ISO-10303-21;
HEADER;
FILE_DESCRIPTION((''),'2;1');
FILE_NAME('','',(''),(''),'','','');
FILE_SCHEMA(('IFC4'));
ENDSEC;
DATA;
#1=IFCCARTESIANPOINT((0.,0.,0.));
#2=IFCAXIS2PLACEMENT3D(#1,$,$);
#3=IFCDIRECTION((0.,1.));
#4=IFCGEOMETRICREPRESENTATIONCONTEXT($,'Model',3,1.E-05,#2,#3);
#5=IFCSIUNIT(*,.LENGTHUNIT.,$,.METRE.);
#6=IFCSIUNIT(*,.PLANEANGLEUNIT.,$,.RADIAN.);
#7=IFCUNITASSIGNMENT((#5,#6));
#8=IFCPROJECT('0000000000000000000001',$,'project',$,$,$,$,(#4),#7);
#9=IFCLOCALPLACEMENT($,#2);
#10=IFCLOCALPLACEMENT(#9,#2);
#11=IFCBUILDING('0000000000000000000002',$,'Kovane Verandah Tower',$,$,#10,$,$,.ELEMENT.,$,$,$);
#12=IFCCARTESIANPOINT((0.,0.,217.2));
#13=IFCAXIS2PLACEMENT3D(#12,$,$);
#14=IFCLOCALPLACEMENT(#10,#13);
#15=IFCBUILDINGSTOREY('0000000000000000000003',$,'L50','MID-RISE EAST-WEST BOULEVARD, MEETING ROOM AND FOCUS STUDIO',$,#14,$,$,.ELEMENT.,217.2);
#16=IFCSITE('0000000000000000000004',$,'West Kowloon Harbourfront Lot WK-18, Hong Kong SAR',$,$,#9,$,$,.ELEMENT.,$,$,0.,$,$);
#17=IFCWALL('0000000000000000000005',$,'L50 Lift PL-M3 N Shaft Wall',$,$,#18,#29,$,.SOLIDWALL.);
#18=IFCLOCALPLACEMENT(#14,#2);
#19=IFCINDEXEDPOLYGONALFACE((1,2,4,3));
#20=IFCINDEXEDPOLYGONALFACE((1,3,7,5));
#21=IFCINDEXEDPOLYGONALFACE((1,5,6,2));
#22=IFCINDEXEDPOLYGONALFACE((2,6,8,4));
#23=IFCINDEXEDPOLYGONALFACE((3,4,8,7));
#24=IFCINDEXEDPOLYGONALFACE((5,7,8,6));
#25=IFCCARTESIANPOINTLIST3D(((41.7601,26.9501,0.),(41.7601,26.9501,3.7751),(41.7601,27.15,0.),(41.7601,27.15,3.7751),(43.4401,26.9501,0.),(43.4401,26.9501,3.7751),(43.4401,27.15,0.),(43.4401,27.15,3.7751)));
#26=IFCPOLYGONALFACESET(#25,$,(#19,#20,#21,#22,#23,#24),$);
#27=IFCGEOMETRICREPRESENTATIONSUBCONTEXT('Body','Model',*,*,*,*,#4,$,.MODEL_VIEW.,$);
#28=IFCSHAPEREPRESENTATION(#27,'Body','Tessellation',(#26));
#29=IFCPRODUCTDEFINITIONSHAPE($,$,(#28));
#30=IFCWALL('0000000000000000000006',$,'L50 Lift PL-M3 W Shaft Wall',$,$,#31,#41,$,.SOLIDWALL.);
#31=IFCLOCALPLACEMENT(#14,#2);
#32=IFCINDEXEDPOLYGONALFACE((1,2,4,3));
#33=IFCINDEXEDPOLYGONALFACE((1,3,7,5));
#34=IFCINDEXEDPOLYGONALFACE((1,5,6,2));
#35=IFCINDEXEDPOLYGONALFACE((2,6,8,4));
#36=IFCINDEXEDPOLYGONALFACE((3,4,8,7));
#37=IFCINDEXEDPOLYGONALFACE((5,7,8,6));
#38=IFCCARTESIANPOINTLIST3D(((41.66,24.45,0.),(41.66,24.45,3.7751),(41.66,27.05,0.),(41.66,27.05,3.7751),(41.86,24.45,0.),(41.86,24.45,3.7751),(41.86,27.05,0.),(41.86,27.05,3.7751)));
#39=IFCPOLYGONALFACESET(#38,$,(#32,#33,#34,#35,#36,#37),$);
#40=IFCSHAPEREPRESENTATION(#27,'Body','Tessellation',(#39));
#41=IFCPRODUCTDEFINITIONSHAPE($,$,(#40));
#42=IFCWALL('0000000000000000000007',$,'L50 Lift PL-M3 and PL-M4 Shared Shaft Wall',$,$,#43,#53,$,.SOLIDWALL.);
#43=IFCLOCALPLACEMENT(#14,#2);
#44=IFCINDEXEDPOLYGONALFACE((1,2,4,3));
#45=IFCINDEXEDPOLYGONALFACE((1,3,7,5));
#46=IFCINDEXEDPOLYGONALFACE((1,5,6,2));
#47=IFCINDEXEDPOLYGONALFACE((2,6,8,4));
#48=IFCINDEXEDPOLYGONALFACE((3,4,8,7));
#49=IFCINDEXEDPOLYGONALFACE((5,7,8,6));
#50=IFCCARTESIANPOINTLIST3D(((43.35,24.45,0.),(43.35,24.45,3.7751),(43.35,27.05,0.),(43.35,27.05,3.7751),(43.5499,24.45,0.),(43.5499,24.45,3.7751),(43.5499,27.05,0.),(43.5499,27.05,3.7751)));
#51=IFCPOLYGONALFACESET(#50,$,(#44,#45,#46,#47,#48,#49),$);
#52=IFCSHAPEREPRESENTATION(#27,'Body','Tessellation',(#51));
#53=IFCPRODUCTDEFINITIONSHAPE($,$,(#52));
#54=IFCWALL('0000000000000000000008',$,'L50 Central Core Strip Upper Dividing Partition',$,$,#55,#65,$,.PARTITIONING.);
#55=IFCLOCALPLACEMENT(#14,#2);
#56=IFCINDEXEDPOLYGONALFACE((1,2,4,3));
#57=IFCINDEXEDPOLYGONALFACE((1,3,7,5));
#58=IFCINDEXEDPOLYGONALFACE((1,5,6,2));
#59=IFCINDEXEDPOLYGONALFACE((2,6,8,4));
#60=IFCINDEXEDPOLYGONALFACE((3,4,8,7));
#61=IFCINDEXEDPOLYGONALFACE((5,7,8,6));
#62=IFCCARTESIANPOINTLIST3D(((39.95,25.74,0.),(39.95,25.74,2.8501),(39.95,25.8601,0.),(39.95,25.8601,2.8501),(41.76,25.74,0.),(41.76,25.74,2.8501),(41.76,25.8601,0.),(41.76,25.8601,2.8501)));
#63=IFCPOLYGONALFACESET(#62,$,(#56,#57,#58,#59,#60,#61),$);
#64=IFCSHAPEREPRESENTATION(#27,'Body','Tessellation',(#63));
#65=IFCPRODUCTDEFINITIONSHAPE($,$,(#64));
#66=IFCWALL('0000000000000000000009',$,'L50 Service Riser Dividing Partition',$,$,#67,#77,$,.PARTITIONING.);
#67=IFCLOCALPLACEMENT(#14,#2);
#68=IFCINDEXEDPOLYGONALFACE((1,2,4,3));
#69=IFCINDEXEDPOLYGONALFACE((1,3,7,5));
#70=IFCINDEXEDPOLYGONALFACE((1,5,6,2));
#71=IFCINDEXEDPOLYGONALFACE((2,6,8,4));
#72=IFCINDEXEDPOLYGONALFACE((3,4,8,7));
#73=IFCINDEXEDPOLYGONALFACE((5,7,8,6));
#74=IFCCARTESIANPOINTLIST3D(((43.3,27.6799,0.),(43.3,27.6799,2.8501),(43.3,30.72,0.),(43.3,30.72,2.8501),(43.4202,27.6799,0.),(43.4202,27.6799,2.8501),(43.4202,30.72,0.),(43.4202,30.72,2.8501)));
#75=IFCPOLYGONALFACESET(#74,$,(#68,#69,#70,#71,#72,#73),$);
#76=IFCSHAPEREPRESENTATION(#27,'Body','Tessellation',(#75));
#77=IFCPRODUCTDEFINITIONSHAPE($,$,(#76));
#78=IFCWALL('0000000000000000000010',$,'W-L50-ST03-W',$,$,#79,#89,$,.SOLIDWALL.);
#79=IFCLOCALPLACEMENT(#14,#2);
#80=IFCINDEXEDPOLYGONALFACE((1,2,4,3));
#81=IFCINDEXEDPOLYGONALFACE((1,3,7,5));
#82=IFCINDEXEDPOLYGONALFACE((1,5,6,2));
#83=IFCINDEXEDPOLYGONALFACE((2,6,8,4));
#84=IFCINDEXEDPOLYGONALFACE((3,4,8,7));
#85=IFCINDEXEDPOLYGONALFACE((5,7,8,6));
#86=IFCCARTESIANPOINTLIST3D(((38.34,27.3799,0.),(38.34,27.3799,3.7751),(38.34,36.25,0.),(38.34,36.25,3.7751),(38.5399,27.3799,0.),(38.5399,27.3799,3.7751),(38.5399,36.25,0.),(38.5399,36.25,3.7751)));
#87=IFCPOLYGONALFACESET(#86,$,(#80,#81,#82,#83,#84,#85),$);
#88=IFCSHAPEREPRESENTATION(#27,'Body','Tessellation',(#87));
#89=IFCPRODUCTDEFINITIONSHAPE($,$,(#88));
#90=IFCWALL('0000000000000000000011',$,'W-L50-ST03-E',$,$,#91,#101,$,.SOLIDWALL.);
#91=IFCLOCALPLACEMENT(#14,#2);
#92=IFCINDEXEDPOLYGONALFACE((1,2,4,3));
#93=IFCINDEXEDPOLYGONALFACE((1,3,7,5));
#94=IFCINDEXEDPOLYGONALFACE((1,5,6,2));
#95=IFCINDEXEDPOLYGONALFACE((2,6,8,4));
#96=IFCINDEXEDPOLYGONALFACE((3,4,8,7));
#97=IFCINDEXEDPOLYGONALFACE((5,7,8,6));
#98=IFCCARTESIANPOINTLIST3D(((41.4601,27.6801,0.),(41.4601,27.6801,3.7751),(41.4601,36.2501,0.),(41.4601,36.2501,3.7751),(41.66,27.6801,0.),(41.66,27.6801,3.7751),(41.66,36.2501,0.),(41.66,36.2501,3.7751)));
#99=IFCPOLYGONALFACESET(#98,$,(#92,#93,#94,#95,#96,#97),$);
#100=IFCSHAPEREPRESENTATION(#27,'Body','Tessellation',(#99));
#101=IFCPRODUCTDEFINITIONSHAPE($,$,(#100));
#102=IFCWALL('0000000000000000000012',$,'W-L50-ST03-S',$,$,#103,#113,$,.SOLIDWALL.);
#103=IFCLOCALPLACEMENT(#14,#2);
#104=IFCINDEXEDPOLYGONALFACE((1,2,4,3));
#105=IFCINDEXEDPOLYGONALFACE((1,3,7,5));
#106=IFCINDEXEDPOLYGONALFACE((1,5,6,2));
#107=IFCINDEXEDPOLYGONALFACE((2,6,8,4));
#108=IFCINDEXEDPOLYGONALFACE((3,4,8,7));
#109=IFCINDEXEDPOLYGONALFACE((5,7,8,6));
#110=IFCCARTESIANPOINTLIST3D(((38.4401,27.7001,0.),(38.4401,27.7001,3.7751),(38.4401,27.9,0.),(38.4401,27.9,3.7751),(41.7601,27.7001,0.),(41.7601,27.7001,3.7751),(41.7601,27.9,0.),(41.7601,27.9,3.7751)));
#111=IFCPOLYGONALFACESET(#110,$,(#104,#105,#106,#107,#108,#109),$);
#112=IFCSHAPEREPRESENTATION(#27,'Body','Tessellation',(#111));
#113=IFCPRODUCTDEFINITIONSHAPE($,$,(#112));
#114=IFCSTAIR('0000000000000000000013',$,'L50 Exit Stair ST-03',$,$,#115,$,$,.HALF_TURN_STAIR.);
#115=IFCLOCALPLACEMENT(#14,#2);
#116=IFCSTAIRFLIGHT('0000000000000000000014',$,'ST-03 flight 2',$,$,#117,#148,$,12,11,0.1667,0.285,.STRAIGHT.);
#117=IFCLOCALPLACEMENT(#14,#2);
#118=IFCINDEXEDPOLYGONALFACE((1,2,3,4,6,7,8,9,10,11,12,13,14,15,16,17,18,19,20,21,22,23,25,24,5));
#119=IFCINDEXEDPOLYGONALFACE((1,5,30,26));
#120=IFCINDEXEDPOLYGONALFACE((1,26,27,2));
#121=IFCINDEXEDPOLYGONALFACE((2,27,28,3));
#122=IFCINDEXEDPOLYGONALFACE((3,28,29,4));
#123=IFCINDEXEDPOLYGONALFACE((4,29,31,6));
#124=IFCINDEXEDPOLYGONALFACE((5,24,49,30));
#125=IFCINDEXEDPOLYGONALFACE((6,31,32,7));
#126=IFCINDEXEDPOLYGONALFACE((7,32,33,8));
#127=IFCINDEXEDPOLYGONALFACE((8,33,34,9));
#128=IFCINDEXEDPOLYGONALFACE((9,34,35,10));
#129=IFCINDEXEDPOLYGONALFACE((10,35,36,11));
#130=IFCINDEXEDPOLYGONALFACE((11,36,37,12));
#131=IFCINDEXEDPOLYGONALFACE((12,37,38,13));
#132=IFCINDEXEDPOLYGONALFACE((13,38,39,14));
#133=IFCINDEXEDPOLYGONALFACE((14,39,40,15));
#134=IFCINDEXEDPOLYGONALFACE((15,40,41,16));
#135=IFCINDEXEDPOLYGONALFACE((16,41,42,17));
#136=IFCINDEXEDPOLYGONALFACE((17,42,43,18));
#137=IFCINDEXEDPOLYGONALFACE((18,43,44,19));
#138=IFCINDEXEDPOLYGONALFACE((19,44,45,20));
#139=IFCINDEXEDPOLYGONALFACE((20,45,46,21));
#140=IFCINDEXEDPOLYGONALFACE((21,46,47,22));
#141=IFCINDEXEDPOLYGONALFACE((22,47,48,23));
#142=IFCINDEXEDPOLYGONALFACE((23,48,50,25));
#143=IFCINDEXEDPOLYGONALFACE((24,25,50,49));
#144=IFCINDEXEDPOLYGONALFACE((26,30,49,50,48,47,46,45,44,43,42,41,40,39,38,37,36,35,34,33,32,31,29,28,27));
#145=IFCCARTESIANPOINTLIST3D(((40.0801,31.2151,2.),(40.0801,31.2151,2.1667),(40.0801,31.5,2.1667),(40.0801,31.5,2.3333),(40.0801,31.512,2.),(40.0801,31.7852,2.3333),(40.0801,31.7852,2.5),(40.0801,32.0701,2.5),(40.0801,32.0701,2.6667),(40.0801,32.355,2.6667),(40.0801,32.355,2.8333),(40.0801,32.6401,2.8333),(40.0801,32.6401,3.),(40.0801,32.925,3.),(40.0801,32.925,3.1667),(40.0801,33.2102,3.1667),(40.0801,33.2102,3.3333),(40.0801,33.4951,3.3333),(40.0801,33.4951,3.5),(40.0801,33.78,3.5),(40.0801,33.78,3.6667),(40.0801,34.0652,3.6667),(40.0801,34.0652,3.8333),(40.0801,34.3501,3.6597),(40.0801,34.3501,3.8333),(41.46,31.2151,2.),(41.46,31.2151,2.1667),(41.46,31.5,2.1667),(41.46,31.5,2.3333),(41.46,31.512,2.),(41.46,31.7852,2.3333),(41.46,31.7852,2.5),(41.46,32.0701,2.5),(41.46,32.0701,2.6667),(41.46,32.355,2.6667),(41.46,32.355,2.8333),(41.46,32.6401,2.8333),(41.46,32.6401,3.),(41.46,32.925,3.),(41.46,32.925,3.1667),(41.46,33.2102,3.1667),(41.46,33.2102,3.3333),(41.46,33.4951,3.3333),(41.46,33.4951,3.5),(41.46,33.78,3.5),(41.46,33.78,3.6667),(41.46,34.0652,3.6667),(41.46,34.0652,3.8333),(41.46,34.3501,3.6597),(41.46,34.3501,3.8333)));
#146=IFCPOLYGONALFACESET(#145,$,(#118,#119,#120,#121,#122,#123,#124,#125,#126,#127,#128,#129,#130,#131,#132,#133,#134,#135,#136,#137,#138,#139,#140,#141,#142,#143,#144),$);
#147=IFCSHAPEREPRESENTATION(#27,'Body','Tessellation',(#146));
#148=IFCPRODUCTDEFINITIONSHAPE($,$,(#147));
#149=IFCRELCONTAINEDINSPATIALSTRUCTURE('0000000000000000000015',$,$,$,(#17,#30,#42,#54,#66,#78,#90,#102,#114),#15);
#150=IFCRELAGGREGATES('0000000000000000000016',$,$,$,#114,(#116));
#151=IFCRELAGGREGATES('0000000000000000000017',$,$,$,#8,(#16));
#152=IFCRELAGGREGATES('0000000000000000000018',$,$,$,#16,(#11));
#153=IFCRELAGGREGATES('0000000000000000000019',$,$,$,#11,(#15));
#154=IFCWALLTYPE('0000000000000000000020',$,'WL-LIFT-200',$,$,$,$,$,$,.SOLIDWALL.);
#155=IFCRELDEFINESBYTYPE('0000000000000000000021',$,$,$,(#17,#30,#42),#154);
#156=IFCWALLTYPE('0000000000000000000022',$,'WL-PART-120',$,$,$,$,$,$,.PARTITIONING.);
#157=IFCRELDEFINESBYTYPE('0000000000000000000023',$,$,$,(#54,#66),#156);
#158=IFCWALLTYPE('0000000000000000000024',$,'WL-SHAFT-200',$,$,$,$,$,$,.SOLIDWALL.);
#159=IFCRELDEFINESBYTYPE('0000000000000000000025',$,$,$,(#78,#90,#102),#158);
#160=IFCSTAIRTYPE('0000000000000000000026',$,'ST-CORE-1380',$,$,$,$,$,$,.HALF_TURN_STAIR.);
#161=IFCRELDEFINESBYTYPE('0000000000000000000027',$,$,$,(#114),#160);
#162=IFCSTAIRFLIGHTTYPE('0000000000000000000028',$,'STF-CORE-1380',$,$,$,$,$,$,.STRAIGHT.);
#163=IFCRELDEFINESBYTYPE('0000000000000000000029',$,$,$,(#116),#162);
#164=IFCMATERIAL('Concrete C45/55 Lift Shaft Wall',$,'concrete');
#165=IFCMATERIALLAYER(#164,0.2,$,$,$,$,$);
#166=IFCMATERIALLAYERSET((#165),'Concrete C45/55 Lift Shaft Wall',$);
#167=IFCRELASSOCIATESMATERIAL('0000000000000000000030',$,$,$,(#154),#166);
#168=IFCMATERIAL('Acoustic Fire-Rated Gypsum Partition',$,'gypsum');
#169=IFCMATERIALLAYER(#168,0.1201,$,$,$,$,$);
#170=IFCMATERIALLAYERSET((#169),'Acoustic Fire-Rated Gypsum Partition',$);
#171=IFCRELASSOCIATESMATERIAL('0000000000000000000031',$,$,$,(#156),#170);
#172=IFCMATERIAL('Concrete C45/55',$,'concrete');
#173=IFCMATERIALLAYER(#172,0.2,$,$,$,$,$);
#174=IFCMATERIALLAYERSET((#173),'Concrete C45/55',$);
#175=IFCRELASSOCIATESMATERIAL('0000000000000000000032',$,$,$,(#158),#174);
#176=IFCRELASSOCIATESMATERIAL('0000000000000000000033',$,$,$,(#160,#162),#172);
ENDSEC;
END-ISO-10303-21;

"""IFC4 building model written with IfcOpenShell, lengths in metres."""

from ifc_helpers import new_model, si_unit, direction, frame, frame_2d, origin, place, context, subcontext, project, spatial, polyline, rectangle, outline, extrude, material, layer, layer_set, type_object, element, aggregate, save


model = new_model("IFC4")

# Units and contexts
model_context = context("Model", 3, precision=1e-05, world=origin(), true_north=direction((0.0, 1.0)))
body_context = subcontext(model_context, "Body", "Model", "MODEL_VIEW")
ifc_project = project(units=[si_unit("LENGTHUNIT", "METRE"), si_unit("PLANEANGLEUNIT", "RADIAN")], contexts=[model_context])

# Site, building, storey
site_placement = place(None, origin())
site = spatial("IfcSite", under=ifc_project, at=site_placement, Name="West Kowloon Harbourfront Lot WK-18, Hong Kong SAR", CompositionType="ELEMENT", RefElevation=0.0)
building_placement = place(site_placement, origin())
building = spatial("IfcBuilding", under=site, at=building_placement, Name="Kovane Verandah Tower", CompositionType="ELEMENT")
storey_placement = place(building_placement, frame((0.0, 0.0, 217.2)))
storey = spatial("IfcBuildingStorey", under=building, at=storey_placement, Name="L50", Description="MID-RISE EAST-WEST BOULEVARD, MEETING ROOM AND FOCUS STUDIO", CompositionType="ELEMENT", Elevation=217.2)

# Shared definitions
ifc_material_1 = material(Name="Concrete C45/55 Lift Shaft Wall", Category="concrete")
ifc_layer_1 = layer(ifc_material_1, 0.2)
ifc_layer_set_1 = layer_set([ifc_layer_1], Name="Concrete C45/55 Lift Shaft Wall")
wall_type_1 = type_object("IfcWallType", Name="WL-LIFT-200", PredefinedType="SOLIDWALL", material=ifc_layer_set_1)

# Walls
wall_1_placement = place(storey_placement, frame((43.4399, 27.05, 0.0), z_axis=(0.0, 0.0, 1.0), x_axis=(-1.0, 0.0, 0.0)))
element("IfcWall", 1, at=wall_1_placement, inside=storey, type_object=wall_type_1, Name="L50 Lift PL-M3 N Shaft Wall", PredefinedType="SOLIDWALL", context=body_context, shape_type="SweptSolid", body=[
    extrude(rectangle(XDim=1.6799, YDim=0.2, at=frame_2d((0.8398, 0.0))), origin(), (0.0, 0.0, 1.0), 3.7751),
])
for number, where, z_axis, x_axis, name in (
    (2, (41.76, 27.05, 0.0), (0.0, 0.0, 1.0), (0.0, -1.0, 0.0), "L50 Lift PL-M3 W Shaft Wall"),
    (3, (43.45, 24.45, 0.0), (0.0, 0.0, 1.0), (0.0, 1.0, 0.0), "L50 Lift PL-M3 and PL-M4 Shared Shaft Wall"),
):
    element("IfcWall", number, at=place(storey_placement, frame(where, z_axis=z_axis, x_axis=x_axis)), inside=storey, type_object=wall_type_1, Name=name, PredefinedType="SOLIDWALL", context=body_context, shape_type="SweptSolid", body=[
        extrude(rectangle(XDim=2.6001, YDim=0.2, at=frame_2d((1.3, 0.0))), origin(), (0.0, 0.0, 1.0), 3.7751),
    ])

# Walls
ifc_material_2 = material(Name="Acoustic Fire-Rated Gypsum Partition", Category="gypsum")
ifc_layer_2 = layer(ifc_material_2, 0.1201)
ifc_layer_set_2 = layer_set([ifc_layer_2], Name="Acoustic Fire-Rated Gypsum Partition")
wall_type_2 = type_object("IfcWallType", Name="WL-PART-120", PredefinedType="PARTITIONING", material=ifc_layer_set_2)
wall_2_placement = place(storey_placement, frame((39.95, 25.8, 0.0), z_axis=(0.0, 0.0, 1.0), x_axis=(1.0, 0.0, 0.0)))
element("IfcWall", 4, at=wall_2_placement, inside=storey, type_object=wall_type_2, Name="L50 Central Core Strip Upper Dividing Partition", PredefinedType="PARTITIONING", context=body_context, shape_type="SweptSolid", body=[
    extrude(rectangle(XDim=1.8101, YDim=0.1201, at=frame_2d((0.905, 0.0))), origin(), (0.0, 0.0, 1.0), 2.8501),
])
wall_3_placement = place(storey_placement, frame((43.3601, 27.6799, 0.0), z_axis=(0.0, 0.0, 1.0), x_axis=(0.0, 1.0, 0.0)))
element("IfcWall", 5, at=wall_3_placement, inside=storey, type_object=wall_type_2, Name="L50 Service Riser Dividing Partition", PredefinedType="PARTITIONING", context=body_context, shape_type="SweptSolid", body=[
    extrude(rectangle(XDim=3.04, YDim=0.1201, at=frame_2d((1.52, 0.0))), origin(), (0.0, 0.0, 1.0), 2.8501),
])
ifc_material_3 = material(Name="Concrete C45/55", Category="concrete")
ifc_layer_3 = layer(ifc_material_3, 0.2)
ifc_layer_set_3 = layer_set([ifc_layer_3], Name="Concrete C45/55")
wall_type_3 = type_object("IfcWallType", Name="WL-SHAFT-200", PredefinedType="SOLIDWALL", material=ifc_layer_set_3)
wall_4_placement = place(storey_placement, frame((38.4399, 27.3799, 0.0), z_axis=(0.0, 0.0, 1.0), x_axis=(0.0, 1.0, 0.0)))
element("IfcWall", 6, at=wall_4_placement, inside=storey, type_object=wall_type_3, Name="W-L50-ST03-W", PredefinedType="SOLIDWALL", context=body_context, shape_type="SweptSolid", body=[
    extrude(rectangle(XDim=8.8701, YDim=0.2, at=frame_2d((4.4351, 0.0))), origin(), (0.0, 0.0, 1.0), 3.7751),
])
wall_5_placement = place(storey_placement, frame((41.5601, 27.6799, 0.0), z_axis=(0.0, 0.0, 1.0), x_axis=(0.0, 1.0, 0.0)))
element("IfcWall", 7, at=wall_5_placement, inside=storey, type_object=wall_type_3, Name="W-L50-ST03-E", PredefinedType="SOLIDWALL", context=body_context, shape_type="SweptSolid", body=[
    extrude(rectangle(XDim=8.5701, YDim=0.2, at=frame_2d((4.2852, 0.0))), origin(), (0.0, 0.0, 1.0), 3.7751),
])
wall_6_placement = place(storey_placement, frame((38.4399, 27.8, 0.0), z_axis=(0.0, 0.0, 1.0), x_axis=(1.0, 0.0, 0.0)))
element("IfcWall", 8, at=wall_6_placement, inside=storey, type_object=wall_type_3, Name="W-L50-ST03-S", PredefinedType="SOLIDWALL", context=body_context, shape_type="SweptSolid", body=[
    extrude(rectangle(XDim=3.3201, YDim=0.2, at=frame_2d((1.6602, 0.0))), origin(), (0.0, 0.0, 1.0), 3.7751),
])

# Stair, stair flight
stair_type = type_object("IfcStairType", Name="ST-CORE-1380", PredefinedType="HALF_TURN_STAIR", material=ifc_material_3)
stair_placement = place(storey_placement, origin())
stair = element("IfcStair", 9, at=stair_placement, inside=storey, type_object=stair_type, Name="L50 Exit Stair ST-03", PredefinedType="HALF_TURN_STAIR")
stair_flight_type = type_object("IfcStairFlightType", Name="STF-CORE-1380", PredefinedType="STRAIGHT", material=ifc_material_3)
stair_flight_placement = place(storey_placement, frame((40.77, 31.2151, 2.0), z_axis=(0.0, 0.0, 1.0), x_axis=(0.0, 1.0, 0.0)))
stair_flight = element("IfcStairFlight", 10, at=stair_flight_placement, type_object=stair_flight_type, Name="ST-03 flight 2", NumberOfRisers=12, NumberOfTreads=11, PredefinedType="STRAIGHT", RiserHeight=0.1667, TreadLength=0.285, context=body_context, shape_type="SweptSolid", body=[
    extrude(outline(polyline([(0.0, 0.0), (0.0, 0.1667), (0.2849, 0.1667), (0.2849, 0.3333), (0.5701, 0.3333), (0.5701, 0.5), (0.855, 0.5), (0.855, 0.6667), (1.1399, 0.6667), (1.1399, 0.8333), (1.425, 0.8333), (1.425, 1.0), (1.71, 1.0), (1.71, 1.1667), (1.9951, 1.1667), (1.9951, 1.3333), (2.28, 1.3333), (2.28, 1.5), (2.5649, 1.5), (2.5649, 1.6667), (2.8501, 1.6667), (2.8501, 1.8333), (3.135, 1.8333), (3.135, 2.0), (3.135, 1.6597), (0.2969, 0.0), (0.0, 0.0)])), frame((0.0, 0.6899, 0.0), z_axis=(0.0, -1.0, 0.0), x_axis=(1.0, 0.0, 0.0)), (0.0, 0.0, 1.0), 1.3799),
])
aggregate(stair, [stair_flight])

save(model, "model.ifc")
